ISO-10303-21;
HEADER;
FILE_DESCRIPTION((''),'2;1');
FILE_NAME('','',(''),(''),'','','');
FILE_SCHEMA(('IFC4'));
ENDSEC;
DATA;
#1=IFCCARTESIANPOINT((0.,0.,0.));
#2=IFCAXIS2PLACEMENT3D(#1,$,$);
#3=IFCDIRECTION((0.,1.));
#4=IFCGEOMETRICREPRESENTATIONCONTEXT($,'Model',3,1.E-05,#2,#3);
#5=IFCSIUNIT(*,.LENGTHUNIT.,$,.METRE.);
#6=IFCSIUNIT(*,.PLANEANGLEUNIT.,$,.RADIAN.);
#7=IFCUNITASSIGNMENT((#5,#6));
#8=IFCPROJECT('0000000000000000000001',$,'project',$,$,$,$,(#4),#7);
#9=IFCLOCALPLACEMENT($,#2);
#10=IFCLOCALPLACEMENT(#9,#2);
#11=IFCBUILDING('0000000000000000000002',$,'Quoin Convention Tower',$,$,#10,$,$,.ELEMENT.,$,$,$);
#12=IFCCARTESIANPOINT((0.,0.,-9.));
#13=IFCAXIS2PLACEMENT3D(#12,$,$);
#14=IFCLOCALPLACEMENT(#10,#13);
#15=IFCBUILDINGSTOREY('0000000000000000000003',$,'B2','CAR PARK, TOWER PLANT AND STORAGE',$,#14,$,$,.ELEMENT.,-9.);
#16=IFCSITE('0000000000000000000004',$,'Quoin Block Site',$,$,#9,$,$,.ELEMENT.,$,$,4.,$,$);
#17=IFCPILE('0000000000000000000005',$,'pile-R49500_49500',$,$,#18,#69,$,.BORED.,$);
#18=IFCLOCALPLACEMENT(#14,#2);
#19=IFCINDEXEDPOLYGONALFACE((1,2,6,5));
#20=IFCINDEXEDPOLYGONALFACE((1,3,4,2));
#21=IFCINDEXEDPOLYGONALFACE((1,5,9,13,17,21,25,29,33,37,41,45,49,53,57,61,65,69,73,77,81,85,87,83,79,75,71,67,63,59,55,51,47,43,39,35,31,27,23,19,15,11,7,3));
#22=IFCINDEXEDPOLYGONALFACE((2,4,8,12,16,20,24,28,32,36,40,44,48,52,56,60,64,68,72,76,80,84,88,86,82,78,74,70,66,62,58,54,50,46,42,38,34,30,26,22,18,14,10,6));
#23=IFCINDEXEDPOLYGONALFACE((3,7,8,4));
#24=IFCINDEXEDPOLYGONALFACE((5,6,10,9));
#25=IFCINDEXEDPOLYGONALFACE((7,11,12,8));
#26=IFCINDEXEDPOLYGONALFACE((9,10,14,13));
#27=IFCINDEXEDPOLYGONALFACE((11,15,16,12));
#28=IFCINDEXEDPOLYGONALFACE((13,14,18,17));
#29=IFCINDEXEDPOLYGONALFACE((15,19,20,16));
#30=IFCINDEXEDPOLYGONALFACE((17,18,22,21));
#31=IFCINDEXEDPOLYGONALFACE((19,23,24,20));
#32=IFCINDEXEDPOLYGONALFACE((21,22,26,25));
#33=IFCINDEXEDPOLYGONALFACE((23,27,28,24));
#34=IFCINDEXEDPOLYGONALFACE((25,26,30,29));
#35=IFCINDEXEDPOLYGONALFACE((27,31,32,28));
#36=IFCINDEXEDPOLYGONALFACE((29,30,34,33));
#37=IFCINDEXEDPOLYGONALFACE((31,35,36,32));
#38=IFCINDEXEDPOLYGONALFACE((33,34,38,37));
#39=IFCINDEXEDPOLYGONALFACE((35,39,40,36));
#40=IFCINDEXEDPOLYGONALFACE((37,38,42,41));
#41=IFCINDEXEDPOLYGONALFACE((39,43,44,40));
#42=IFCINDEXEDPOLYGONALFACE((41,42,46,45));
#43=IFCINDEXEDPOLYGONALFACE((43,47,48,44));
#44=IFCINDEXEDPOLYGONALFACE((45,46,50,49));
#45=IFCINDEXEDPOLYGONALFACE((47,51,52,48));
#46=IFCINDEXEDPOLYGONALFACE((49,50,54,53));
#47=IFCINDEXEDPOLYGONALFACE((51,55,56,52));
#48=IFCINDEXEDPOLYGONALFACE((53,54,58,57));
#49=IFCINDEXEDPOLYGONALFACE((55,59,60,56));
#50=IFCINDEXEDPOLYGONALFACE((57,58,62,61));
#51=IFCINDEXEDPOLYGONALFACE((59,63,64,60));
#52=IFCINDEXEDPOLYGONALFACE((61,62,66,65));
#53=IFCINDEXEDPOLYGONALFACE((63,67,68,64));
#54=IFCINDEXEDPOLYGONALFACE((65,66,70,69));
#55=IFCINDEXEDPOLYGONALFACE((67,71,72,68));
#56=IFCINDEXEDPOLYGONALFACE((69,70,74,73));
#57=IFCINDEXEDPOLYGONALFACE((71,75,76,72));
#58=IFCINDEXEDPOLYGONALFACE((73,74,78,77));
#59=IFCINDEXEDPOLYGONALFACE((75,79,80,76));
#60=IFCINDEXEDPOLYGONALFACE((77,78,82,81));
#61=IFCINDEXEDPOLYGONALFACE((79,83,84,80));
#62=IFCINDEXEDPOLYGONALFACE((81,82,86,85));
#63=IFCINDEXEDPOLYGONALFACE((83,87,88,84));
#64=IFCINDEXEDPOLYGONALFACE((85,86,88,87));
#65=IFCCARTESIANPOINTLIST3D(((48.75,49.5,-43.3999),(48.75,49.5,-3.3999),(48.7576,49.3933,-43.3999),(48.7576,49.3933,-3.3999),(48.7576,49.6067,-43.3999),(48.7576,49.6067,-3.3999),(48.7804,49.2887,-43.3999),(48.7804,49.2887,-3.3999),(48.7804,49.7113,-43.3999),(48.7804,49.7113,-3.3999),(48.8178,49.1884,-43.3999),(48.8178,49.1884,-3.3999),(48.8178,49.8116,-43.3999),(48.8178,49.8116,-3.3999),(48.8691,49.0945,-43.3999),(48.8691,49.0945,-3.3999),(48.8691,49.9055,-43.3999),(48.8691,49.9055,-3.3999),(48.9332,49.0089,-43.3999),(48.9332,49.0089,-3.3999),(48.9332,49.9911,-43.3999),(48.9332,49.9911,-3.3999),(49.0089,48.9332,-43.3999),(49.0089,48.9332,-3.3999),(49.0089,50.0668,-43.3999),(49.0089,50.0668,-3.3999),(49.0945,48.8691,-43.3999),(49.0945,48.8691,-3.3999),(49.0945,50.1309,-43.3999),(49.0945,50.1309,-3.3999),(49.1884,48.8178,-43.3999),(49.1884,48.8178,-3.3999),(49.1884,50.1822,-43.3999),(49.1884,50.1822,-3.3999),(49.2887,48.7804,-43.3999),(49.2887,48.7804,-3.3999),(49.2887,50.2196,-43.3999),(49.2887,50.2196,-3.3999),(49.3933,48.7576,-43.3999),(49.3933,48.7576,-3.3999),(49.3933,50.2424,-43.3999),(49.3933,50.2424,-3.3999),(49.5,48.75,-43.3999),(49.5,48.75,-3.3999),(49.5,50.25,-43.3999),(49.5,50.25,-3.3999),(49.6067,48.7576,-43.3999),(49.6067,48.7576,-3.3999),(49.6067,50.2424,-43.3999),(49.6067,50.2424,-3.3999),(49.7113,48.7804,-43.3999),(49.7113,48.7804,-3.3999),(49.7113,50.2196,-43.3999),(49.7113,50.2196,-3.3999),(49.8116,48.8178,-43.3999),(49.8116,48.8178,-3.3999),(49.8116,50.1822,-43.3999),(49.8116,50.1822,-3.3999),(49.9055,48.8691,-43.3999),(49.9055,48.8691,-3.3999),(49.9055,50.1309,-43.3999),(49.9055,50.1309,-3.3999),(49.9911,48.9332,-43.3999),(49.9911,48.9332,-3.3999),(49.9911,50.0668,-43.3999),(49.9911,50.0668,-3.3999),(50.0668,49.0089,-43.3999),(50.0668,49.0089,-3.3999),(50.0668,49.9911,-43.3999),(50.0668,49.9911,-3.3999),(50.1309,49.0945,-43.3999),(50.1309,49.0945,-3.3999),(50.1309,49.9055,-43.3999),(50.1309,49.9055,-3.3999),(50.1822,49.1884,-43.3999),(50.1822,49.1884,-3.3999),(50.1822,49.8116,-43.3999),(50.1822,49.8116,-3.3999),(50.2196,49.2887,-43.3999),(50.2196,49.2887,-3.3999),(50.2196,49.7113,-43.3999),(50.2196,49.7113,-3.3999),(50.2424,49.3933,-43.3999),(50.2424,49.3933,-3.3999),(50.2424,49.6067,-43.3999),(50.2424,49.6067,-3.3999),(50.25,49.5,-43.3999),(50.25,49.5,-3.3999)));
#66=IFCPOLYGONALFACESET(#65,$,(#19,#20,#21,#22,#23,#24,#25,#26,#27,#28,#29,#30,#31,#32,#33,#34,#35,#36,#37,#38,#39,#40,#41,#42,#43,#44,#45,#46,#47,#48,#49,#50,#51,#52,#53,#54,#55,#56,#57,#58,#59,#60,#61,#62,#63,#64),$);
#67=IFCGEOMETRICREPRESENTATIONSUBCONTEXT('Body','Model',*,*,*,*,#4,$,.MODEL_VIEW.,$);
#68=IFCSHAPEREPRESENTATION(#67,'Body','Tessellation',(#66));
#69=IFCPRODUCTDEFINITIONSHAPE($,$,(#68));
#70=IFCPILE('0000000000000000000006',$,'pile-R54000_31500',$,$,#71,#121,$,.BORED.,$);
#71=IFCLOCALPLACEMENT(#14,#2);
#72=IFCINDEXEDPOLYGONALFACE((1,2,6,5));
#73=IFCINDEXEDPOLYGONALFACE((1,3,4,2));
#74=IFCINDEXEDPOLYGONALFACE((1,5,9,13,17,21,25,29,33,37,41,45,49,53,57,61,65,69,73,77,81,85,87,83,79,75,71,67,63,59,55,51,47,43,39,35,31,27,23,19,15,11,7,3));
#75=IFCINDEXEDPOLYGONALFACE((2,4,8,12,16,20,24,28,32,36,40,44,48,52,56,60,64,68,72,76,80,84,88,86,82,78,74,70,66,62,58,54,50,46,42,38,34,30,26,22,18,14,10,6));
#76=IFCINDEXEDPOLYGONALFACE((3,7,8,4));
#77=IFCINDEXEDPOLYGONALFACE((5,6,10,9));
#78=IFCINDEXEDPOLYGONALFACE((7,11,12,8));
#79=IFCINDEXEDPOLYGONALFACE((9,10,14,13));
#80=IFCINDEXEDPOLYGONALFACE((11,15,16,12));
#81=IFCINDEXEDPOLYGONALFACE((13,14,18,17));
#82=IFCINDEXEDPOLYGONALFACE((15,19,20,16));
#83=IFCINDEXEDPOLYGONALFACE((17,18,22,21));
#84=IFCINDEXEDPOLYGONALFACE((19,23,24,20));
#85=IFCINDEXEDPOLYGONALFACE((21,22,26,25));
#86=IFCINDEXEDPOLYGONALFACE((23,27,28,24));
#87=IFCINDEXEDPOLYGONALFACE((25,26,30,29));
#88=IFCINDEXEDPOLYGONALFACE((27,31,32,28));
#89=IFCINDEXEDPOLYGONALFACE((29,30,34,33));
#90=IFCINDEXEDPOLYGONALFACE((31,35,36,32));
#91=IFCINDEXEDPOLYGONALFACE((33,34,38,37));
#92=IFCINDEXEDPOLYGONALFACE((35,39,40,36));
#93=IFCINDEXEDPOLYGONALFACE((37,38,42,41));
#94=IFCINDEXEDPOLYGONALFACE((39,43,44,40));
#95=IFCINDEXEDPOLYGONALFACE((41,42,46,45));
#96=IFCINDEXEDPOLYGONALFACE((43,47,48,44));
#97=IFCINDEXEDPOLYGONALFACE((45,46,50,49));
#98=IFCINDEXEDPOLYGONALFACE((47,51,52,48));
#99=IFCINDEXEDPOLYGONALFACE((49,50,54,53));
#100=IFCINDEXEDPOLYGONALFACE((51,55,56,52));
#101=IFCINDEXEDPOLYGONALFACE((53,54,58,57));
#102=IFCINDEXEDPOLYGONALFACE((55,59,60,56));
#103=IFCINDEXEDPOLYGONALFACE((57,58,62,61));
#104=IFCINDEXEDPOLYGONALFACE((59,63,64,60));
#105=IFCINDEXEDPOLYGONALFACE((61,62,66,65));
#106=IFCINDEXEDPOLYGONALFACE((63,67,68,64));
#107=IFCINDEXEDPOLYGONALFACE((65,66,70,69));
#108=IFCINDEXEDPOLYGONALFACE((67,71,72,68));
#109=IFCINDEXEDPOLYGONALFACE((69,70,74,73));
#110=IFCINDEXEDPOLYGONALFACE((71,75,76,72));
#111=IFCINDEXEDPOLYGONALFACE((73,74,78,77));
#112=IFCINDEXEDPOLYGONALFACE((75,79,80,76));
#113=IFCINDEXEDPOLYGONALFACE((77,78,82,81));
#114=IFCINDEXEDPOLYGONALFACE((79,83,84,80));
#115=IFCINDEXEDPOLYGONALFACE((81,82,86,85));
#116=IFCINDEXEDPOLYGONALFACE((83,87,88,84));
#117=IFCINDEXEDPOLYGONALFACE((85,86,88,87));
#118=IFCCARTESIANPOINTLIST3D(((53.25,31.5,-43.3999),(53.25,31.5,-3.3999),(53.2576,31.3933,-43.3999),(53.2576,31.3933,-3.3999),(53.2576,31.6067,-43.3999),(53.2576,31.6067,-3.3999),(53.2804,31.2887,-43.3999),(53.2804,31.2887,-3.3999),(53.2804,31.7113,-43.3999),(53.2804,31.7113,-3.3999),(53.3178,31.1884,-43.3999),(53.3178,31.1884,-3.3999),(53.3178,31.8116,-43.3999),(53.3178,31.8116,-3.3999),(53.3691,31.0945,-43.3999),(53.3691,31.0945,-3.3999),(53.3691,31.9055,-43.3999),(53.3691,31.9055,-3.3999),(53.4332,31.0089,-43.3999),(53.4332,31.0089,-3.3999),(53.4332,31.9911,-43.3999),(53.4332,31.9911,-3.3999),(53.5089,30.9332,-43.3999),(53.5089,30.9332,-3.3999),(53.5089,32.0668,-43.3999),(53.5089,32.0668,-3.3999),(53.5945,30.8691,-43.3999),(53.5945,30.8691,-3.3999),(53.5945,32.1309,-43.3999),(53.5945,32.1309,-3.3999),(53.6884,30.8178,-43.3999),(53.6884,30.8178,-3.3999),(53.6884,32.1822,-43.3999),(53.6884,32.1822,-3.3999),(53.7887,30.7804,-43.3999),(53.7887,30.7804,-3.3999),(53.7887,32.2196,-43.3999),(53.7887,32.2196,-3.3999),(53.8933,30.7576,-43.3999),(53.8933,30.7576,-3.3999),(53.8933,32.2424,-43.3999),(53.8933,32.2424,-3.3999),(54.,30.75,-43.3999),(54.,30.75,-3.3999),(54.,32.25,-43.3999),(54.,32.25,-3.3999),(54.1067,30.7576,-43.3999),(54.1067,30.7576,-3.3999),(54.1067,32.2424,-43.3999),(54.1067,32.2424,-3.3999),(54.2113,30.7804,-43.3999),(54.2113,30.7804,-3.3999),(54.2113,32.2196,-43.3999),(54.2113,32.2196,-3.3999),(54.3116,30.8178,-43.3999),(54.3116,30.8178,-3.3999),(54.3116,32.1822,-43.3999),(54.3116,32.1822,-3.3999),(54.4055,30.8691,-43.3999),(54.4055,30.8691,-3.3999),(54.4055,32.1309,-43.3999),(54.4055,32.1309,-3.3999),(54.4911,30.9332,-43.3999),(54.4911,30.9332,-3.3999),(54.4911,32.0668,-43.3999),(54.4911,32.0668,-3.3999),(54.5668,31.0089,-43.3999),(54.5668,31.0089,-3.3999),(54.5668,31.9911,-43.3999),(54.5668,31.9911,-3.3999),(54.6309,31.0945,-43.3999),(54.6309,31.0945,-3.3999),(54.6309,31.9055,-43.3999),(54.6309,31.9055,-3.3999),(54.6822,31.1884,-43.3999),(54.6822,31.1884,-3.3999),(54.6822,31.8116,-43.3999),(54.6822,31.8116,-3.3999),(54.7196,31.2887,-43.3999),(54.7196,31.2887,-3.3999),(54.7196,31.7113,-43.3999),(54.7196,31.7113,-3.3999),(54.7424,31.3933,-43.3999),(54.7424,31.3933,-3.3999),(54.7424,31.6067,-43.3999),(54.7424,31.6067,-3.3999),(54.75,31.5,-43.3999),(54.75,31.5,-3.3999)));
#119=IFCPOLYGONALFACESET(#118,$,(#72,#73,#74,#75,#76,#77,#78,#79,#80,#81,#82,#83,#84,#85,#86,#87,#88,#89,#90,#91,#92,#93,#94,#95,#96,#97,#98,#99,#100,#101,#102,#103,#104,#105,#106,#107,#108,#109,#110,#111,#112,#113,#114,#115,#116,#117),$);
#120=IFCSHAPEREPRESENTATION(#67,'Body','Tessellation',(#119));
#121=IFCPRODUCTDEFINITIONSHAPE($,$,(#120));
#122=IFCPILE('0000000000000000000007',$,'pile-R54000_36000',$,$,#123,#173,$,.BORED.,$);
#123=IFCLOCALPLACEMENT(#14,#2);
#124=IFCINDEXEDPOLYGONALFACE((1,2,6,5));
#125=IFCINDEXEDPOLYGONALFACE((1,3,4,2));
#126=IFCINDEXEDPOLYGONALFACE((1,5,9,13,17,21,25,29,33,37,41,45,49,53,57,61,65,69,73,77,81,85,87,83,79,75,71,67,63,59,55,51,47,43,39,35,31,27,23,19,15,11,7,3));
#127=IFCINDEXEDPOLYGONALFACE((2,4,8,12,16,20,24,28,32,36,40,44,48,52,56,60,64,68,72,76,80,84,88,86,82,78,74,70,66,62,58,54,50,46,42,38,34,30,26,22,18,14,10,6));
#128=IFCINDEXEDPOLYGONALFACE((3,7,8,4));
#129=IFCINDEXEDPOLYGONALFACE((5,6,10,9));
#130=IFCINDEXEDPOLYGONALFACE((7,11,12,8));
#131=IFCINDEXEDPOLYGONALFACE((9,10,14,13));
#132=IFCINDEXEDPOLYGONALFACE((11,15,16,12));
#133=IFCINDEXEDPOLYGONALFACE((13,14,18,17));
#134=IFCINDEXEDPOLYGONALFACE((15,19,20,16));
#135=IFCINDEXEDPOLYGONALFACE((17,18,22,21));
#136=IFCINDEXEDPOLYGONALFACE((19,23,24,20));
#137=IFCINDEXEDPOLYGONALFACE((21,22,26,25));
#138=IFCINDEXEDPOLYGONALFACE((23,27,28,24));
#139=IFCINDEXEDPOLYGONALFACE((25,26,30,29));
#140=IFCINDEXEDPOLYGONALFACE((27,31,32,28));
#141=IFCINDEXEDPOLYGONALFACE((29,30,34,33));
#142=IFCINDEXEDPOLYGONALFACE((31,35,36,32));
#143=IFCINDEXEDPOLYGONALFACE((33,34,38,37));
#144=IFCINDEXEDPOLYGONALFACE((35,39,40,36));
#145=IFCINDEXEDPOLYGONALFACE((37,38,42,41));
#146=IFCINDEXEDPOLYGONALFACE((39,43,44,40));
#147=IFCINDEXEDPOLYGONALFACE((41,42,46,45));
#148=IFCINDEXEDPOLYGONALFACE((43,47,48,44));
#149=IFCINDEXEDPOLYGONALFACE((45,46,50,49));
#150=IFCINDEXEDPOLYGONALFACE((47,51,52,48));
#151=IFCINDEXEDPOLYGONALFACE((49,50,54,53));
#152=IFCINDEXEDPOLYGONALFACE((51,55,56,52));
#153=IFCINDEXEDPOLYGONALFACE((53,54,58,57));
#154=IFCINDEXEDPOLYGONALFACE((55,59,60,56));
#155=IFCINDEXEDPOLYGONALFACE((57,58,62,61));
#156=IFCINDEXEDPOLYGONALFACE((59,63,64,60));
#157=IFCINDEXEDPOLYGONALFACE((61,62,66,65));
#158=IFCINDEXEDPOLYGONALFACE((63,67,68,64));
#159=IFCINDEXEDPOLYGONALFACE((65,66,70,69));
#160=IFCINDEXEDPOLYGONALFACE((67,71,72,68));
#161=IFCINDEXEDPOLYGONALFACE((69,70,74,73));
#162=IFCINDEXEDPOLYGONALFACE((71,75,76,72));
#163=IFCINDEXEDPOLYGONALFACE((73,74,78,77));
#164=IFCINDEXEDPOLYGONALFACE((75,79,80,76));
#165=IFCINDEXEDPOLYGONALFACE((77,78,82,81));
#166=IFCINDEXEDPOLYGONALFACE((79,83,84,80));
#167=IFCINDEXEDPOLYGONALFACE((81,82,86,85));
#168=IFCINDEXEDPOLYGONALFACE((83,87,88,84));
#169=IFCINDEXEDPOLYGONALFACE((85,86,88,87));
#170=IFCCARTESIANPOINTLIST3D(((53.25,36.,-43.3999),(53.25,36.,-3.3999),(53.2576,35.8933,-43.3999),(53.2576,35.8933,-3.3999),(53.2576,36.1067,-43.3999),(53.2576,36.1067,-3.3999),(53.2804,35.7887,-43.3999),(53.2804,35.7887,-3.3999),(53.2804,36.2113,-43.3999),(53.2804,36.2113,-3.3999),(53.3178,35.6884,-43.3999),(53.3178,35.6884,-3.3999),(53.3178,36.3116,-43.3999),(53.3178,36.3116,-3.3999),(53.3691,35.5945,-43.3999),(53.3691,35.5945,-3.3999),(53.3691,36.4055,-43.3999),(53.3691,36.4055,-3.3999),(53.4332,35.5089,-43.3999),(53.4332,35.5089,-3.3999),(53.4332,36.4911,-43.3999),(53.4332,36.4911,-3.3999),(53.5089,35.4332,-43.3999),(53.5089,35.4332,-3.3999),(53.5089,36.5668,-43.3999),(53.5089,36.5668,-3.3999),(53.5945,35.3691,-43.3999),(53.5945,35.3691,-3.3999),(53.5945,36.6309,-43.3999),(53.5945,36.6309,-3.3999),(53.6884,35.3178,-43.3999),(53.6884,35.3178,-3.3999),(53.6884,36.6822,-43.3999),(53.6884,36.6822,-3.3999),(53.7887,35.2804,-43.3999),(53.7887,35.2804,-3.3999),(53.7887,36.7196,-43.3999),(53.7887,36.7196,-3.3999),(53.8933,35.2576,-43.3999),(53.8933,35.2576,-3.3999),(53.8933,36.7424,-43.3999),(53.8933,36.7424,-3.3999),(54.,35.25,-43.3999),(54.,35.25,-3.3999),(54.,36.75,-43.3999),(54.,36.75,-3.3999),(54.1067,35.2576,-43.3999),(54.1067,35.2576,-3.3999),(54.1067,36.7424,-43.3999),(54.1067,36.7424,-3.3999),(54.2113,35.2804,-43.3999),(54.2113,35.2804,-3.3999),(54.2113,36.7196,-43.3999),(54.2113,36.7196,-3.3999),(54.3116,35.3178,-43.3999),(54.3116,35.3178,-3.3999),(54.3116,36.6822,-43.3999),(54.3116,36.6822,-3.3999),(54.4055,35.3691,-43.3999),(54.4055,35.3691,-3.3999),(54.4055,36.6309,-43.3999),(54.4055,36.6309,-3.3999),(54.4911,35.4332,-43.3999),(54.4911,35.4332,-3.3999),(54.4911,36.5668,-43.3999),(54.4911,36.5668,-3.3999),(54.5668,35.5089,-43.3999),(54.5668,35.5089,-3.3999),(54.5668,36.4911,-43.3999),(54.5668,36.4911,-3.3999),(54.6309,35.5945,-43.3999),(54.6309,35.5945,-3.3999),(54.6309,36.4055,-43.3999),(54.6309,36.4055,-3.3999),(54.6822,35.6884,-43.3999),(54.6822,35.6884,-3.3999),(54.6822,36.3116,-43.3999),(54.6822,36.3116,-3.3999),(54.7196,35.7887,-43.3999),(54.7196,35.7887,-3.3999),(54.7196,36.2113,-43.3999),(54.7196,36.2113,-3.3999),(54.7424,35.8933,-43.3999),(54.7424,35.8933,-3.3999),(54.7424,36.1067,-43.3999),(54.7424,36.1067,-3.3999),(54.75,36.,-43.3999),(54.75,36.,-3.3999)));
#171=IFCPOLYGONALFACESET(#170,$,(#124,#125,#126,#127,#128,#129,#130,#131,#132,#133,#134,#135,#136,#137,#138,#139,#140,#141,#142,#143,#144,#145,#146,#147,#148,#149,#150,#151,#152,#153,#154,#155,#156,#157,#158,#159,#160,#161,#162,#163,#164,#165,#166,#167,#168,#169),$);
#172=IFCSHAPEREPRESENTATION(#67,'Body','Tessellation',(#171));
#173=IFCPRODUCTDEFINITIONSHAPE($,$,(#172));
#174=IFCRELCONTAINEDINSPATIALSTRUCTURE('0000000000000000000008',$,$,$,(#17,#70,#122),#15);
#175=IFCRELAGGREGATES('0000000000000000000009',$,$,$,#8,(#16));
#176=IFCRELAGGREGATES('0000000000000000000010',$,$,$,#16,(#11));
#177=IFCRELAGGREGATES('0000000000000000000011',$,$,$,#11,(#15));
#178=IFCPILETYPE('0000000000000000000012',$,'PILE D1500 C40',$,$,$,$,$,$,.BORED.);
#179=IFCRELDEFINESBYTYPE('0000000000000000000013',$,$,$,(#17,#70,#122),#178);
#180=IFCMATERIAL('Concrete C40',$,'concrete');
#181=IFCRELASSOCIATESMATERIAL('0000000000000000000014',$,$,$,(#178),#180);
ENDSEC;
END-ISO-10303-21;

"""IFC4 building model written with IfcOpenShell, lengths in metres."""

from ifc_helpers import new_model, si_unit, direction, frame, origin, origin_2d, place, context, subcontext, project, spatial, circle, extrude, material, material_profile, profile_set, type_object, element, save


model = new_model("IFC4")

# Units and contexts
model_context = context("Model", 3, precision=1e-05, world=origin(), true_north=direction((0.0, 1.0)))
body_context = subcontext(model_context, "Body", "Model", "MODEL_VIEW")
ifc_project = project(units=[si_unit("LENGTHUNIT", "METRE"), si_unit("PLANEANGLEUNIT", "RADIAN")], contexts=[model_context])

# Site, building, storey
site_placement = place(None, origin())
site = spatial("IfcSite", under=ifc_project, at=site_placement, Name="Quoin Block Site", CompositionType="ELEMENT", RefElevation=4.0)
building_placement = place(site_placement, origin())
building = spatial("IfcBuilding", under=site, at=building_placement, Name="Quoin Convention Tower", CompositionType="ELEMENT")
storey_placement = place(building_placement, frame((0.0, 0.0, -9.0)))
storey = spatial("IfcBuildingStorey", under=building, at=storey_placement, Name="B2", Description="CAR PARK, TOWER PLANT AND STORAGE", CompositionType="ELEMENT", Elevation=-9.0)

# Piles
ifc_material_1 = material(Name="Concrete C40", Category="concrete")
ifc_material_profile_1 = material_profile(ifc_material_1, circle(Radius=0.75, at=origin_2d()), Name="D1500")
ifc_profile_set_1 = profile_set([ifc_material_profile_1], Name="Concrete C40")
pile_type = type_object("IfcPileType", Name="PILE D1500 C40", PredefinedType="BORED", material=ifc_profile_set_1)
for number, where, z_axis, x_axis, name in (
    (1, (49.5, 49.5, -3.3999), (0.0, 0.0, -1.0), (1.0, 0.0, 0.0), "pile-R49500_49500"),
    (2, (54.0, 31.5, -3.3999), (0.0, 0.0, -1.0), (1.0, 0.0, 0.0), "pile-R54000_31500"),
    (3, (54.0, 36.0, -3.3999), (0.0, 0.0, -1.0), (1.0, 0.0, 0.0), "pile-R54000_36000"),
):
    element("IfcPile", number, at=place(storey_placement, frame(where, z_axis=z_axis, x_axis=x_axis)), inside=storey, type_object=pile_type, Name=name, PredefinedType="BORED", context=body_context, shape_type="SweptSolid", body=[
        extrude(circle(Radius=0.75, at=origin_2d()), origin(), (0.0, 0.0, 1.0), 40.0),
    ])

save(model, "model.ifc")
